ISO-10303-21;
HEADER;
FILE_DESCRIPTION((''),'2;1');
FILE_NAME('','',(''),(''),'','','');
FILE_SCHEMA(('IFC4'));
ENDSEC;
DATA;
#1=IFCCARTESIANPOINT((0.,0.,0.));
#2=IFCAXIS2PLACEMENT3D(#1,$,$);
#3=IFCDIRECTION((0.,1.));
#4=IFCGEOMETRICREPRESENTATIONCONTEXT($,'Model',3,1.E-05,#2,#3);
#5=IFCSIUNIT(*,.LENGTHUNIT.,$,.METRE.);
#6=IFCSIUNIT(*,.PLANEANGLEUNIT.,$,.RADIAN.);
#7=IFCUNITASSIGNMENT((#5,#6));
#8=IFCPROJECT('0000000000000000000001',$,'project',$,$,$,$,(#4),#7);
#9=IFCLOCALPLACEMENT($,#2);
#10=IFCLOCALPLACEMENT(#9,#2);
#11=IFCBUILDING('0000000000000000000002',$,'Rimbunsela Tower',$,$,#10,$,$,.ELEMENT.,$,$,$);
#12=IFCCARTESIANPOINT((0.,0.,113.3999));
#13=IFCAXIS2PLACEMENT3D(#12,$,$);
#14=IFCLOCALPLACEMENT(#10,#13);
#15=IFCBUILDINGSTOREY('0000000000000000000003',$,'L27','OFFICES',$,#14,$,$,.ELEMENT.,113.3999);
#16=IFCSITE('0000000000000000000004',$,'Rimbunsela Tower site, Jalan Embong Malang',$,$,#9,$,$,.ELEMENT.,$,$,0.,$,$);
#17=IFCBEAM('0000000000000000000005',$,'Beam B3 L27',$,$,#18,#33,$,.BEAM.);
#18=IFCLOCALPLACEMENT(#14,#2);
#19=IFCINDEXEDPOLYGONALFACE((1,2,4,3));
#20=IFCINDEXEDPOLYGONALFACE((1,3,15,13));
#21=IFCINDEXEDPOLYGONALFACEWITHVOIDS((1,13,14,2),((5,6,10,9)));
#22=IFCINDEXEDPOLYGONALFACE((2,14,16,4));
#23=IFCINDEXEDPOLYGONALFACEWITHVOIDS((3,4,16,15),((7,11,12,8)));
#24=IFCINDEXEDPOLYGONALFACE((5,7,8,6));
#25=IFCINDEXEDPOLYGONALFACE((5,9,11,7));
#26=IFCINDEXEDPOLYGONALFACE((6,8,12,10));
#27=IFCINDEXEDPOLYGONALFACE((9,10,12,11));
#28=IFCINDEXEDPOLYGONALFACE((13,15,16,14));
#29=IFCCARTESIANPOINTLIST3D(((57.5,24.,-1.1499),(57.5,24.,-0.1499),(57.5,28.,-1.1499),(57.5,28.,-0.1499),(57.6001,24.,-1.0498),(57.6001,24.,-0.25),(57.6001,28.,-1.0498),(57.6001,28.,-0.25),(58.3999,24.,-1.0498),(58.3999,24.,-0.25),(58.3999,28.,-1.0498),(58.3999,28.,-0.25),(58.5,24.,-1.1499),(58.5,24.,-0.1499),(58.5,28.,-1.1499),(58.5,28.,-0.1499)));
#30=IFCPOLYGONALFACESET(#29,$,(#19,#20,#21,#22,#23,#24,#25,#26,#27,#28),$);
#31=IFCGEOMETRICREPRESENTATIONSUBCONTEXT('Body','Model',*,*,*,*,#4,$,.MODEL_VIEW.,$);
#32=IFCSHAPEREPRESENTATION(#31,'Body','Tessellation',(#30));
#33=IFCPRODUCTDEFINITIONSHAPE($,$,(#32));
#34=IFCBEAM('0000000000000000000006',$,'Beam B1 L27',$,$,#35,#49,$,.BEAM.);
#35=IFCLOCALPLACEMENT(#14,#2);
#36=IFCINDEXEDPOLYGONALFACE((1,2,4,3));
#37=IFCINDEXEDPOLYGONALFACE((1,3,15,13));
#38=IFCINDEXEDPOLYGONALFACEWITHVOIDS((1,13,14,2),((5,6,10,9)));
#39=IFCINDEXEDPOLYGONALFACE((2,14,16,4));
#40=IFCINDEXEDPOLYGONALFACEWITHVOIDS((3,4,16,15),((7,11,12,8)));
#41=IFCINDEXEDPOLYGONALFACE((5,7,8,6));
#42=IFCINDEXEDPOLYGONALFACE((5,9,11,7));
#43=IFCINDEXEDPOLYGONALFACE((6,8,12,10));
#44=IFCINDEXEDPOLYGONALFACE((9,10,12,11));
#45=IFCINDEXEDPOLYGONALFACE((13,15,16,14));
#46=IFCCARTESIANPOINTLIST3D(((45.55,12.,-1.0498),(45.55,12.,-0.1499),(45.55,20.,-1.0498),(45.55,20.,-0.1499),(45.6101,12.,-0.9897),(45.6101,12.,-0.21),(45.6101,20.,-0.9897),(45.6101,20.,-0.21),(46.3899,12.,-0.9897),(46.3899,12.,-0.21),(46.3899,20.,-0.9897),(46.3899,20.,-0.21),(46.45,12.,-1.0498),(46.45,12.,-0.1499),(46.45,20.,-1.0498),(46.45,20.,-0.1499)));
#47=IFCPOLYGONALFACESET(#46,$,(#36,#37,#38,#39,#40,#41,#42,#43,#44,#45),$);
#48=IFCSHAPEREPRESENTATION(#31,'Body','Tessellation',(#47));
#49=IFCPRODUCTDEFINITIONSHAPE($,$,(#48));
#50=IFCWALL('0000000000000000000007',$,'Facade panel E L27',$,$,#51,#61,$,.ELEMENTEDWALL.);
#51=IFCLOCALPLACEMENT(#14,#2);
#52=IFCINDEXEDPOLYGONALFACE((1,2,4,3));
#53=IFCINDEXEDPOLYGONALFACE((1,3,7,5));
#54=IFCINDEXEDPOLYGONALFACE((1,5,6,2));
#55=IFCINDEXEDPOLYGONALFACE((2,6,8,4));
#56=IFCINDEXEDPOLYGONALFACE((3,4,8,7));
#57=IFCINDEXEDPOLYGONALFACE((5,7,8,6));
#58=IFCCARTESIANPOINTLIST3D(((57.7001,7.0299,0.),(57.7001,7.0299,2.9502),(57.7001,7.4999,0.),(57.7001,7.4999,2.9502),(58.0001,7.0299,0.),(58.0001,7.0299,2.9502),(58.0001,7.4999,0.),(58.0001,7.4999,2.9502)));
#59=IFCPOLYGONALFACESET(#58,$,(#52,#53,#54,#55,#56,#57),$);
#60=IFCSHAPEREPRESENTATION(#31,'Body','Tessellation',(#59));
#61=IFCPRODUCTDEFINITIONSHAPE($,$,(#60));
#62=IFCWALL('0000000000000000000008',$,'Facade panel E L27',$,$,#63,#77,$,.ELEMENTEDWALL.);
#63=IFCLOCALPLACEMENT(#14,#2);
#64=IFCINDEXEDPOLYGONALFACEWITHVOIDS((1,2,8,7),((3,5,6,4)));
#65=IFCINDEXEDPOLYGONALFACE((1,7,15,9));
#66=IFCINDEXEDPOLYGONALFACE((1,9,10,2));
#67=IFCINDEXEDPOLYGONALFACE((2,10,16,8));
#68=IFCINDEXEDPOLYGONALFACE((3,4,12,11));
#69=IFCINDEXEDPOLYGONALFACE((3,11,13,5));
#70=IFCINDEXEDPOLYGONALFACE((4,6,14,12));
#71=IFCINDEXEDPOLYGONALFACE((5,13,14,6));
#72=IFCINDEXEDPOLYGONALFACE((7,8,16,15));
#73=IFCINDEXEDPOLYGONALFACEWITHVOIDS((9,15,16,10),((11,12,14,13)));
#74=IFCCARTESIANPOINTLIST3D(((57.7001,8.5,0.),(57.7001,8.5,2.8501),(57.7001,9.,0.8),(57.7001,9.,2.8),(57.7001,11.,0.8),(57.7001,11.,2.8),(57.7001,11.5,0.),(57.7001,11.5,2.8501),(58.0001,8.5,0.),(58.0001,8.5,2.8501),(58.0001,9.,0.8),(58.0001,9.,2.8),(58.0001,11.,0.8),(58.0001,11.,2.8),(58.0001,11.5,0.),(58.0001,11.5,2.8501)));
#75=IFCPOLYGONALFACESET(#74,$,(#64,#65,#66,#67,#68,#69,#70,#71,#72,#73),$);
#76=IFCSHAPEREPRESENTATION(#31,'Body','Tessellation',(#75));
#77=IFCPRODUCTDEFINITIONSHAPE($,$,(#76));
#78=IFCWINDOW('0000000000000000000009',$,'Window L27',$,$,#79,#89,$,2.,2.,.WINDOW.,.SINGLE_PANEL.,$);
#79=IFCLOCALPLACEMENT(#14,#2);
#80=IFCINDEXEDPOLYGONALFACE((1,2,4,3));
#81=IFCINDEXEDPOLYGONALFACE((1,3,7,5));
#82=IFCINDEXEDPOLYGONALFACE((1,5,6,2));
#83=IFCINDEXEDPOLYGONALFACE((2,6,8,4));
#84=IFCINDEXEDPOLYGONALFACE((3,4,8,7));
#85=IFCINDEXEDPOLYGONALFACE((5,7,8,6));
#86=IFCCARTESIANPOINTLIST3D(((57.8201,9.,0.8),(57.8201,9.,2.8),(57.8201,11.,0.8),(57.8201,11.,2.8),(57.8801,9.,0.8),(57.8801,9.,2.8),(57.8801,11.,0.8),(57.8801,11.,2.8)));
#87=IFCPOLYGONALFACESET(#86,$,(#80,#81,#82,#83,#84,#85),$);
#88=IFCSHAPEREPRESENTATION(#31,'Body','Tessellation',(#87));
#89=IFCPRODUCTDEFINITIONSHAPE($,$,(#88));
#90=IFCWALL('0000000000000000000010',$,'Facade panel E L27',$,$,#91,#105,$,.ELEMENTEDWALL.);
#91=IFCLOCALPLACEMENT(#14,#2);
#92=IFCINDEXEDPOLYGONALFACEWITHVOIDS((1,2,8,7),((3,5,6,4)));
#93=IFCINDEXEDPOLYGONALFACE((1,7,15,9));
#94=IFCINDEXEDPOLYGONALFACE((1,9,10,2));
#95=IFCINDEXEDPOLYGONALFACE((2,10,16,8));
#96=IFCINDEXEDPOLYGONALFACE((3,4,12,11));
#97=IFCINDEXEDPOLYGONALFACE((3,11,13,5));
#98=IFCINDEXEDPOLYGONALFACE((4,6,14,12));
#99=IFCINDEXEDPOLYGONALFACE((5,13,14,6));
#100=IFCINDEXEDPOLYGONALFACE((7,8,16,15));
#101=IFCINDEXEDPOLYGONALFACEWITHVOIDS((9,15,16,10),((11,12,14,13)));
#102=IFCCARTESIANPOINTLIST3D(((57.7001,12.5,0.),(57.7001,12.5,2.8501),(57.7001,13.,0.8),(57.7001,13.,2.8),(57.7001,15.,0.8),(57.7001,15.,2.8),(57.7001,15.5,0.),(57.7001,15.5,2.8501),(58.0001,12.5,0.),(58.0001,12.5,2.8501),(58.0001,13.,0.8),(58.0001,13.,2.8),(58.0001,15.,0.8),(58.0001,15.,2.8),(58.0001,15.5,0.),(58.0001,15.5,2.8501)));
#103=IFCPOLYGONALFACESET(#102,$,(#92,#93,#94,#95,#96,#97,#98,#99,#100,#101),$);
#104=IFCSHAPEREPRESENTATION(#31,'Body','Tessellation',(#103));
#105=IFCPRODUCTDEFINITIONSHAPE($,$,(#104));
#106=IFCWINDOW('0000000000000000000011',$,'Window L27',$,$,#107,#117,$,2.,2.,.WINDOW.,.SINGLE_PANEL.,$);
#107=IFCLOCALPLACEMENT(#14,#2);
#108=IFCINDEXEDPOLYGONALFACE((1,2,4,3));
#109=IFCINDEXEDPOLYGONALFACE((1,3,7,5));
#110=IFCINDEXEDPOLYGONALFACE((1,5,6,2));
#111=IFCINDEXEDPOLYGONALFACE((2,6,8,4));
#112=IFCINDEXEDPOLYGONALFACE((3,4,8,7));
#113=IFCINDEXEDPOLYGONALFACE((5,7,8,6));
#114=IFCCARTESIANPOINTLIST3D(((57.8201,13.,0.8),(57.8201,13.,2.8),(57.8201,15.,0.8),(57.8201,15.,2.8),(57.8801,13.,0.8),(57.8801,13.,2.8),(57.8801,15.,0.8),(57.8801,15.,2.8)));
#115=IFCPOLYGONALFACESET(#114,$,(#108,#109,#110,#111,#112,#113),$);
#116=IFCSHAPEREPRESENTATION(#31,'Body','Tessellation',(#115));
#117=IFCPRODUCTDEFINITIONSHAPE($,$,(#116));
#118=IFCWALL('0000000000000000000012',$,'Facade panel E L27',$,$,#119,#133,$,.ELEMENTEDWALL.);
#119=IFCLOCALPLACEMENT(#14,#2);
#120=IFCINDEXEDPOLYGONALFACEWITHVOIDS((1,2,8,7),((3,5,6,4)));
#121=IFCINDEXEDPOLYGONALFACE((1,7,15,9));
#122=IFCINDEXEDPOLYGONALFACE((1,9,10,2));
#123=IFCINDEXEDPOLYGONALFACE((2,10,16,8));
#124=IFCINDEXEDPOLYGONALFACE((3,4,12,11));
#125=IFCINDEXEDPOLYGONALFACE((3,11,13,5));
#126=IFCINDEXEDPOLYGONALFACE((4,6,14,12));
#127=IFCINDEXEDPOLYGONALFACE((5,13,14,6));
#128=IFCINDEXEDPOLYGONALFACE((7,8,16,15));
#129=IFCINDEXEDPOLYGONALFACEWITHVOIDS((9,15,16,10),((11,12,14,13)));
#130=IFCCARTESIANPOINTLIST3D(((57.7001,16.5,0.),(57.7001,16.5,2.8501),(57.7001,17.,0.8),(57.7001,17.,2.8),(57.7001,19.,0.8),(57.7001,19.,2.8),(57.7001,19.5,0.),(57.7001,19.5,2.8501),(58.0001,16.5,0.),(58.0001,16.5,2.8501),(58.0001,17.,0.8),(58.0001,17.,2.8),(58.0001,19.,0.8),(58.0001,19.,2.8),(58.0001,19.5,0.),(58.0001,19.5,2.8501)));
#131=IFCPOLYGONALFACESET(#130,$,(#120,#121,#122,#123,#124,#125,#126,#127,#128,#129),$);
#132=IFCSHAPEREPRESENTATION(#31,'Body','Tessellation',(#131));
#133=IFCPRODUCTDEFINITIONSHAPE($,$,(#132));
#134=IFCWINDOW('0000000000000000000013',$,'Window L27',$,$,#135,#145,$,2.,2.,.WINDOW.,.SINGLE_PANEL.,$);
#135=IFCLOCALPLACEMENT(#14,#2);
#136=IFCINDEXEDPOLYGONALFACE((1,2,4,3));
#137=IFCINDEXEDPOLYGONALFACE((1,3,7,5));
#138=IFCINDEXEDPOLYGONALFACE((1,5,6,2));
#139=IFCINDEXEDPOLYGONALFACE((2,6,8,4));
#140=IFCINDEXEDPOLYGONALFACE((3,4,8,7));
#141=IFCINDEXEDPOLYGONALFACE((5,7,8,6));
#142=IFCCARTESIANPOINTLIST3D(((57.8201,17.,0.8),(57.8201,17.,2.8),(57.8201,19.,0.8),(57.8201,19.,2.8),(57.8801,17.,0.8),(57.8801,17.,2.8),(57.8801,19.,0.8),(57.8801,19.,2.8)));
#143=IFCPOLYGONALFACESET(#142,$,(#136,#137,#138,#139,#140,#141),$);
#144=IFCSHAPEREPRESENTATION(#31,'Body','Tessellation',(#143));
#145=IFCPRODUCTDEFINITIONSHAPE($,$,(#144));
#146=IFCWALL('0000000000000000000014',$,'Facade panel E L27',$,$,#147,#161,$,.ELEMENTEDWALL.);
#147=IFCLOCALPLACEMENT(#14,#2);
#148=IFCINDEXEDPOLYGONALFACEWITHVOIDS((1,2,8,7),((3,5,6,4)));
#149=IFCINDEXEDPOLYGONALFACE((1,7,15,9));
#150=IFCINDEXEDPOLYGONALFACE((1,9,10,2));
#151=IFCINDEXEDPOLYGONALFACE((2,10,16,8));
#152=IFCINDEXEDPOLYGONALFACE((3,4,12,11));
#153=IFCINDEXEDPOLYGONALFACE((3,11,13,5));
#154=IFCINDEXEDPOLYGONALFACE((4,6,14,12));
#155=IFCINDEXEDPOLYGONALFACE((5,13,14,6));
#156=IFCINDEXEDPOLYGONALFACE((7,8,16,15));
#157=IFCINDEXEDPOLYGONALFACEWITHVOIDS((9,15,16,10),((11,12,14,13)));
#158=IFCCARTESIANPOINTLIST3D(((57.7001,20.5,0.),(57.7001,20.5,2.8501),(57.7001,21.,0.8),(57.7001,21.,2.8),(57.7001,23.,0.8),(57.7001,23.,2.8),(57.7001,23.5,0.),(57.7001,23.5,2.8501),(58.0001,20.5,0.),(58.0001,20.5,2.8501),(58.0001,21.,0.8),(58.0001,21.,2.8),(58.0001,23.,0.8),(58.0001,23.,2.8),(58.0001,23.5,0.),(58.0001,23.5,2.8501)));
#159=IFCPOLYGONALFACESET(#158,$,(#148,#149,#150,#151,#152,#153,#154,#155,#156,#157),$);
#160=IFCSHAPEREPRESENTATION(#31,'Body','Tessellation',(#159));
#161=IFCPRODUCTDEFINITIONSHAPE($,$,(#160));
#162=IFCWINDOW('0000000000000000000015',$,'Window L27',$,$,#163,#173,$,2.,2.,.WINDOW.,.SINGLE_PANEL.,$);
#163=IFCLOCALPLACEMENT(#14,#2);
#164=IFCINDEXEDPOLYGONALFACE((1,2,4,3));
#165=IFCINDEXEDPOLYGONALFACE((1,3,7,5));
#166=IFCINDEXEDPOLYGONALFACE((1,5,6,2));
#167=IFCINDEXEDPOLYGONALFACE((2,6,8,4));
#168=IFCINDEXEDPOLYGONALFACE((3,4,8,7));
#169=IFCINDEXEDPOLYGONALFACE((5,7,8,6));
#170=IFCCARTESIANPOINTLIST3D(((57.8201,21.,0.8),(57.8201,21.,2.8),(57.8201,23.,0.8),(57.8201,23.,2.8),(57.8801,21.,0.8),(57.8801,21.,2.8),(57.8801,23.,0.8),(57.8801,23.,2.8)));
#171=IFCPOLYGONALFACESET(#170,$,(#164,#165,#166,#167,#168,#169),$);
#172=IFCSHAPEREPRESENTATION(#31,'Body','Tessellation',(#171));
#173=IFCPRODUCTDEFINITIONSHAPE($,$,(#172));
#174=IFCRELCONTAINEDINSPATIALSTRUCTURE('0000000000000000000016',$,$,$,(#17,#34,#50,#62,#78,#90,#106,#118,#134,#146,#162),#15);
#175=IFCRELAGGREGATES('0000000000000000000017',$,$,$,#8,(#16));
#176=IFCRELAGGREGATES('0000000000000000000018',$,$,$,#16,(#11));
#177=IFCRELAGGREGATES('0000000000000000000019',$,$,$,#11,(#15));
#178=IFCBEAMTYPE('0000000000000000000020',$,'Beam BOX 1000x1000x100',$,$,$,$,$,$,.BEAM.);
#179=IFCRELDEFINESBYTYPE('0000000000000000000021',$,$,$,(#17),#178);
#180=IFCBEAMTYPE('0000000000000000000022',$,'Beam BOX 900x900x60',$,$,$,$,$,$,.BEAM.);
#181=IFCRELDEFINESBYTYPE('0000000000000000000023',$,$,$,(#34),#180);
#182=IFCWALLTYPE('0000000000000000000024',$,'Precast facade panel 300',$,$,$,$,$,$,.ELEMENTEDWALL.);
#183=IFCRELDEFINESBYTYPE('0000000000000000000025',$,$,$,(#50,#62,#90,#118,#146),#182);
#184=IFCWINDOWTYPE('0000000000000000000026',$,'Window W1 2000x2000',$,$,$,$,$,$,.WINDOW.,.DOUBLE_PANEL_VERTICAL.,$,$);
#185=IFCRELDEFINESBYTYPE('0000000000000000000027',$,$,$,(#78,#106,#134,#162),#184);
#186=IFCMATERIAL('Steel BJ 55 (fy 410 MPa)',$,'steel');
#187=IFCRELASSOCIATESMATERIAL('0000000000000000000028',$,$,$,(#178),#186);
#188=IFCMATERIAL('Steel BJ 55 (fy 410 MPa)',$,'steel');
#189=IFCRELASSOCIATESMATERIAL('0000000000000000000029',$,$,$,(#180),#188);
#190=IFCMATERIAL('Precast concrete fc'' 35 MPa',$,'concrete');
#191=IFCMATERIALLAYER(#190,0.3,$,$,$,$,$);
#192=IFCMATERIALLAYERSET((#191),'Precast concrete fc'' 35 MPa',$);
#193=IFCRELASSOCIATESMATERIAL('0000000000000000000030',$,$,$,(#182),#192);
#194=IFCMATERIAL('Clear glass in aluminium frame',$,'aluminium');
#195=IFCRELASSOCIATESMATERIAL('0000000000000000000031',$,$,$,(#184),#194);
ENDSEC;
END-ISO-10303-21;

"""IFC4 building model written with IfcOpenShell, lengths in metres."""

from ifc_helpers import new_model, si_unit, direction, frame, frame_2d, origin, origin_2d, place, context, subcontext, project, spatial, rectangle, hollow_rectangle, extrude, material, layer, layer_set, material_profile, profile_set, type_object, element, fill, save


model = new_model("IFC4")

# Units and contexts
model_context = context("Model", 3, precision=1e-05, world=origin(), true_north=direction((0.0, 1.0)))
body_context = subcontext(model_context, "Body", "Model", "MODEL_VIEW")
ifc_project = project(units=[si_unit("LENGTHUNIT", "METRE"), si_unit("PLANEANGLEUNIT", "RADIAN")], contexts=[model_context])

# Site, building, storey
site_placement = place(None, origin())
site = spatial("IfcSite", under=ifc_project, at=site_placement, Name="Rimbunsela Tower site, Jalan Embong Malang", CompositionType="ELEMENT", RefElevation=0.0)
building_placement = place(site_placement, origin())
building = spatial("IfcBuilding", under=site, at=building_placement, Name="Rimbunsela Tower", CompositionType="ELEMENT")
storey_placement = place(building_placement, frame((0.0, 0.0, 113.3999)))
storey = spatial("IfcBuildingStorey", under=building, at=storey_placement, Name="L27", Description="OFFICES", CompositionType="ELEMENT", Elevation=113.3999)

# Beams
ifc_material_1 = material(Name="Steel BJ 55 (fy 410 MPa)", Category="steel")
ifc_material_profile_1 = material_profile(ifc_material_1, hollow_rectangle(XDim=1.0, YDim=1.0, WallThickness=0.1001, at=origin_2d()), Name="BOX 1000x1000x100")
ifc_profile_set_1 = profile_set([ifc_material_profile_1], Name="Steel BJ 55 (fy 410 MPa)")
beam_type_1 = type_object("IfcBeamType", Name="Beam BOX 1000x1000x100", PredefinedType="BEAM", material=ifc_profile_set_1)
for number, where, z_axis, x_axis, name in (
    (1, (58.0, 24.0, -0.6499), (0.0, 1.0, 0.0), (-1.0, 0.0, 0.0), "Beam B3 L27"),
):
    element("IfcBeam", number, at=place(storey_placement, frame(where, z_axis=z_axis, x_axis=x_axis)), inside=storey, type_object=beam_type_1, Name=name, PredefinedType="BEAM", context=body_context, shape_type="SweptSolid", body=[
        extrude(hollow_rectangle(XDim=1.0, YDim=1.0, WallThickness=0.1001, at=origin_2d()), origin(), (0.0, 0.0, 1.0), 4.0),
    ])
ifc_material_2 = material(Name="Steel BJ 55 (fy 410 MPa)", Category="steel")
ifc_material_profile_2 = material_profile(ifc_material_2, hollow_rectangle(XDim=0.8999, YDim=0.8999, WallThickness=0.0601, at=origin_2d()), Name="BOX 900x900x60")
ifc_profile_set_2 = profile_set([ifc_material_profile_2], Name="Steel BJ 55 (fy 410 MPa)")
beam_type_2 = type_object("IfcBeamType", Name="Beam BOX 900x900x60", PredefinedType="BEAM", material=ifc_profile_set_2)
beam_1_placement = place(storey_placement, frame((46.0, 12.0, -0.5999), z_axis=(0.0, 1.0, 0.0), x_axis=(-1.0, 0.0, 0.0)))
element("IfcBeam", 2, at=beam_1_placement, inside=storey, type_object=beam_type_2, Name="Beam B1 L27", PredefinedType="BEAM", context=body_context, shape_type="SweptSolid", body=[
    extrude(hollow_rectangle(XDim=0.8999, YDim=0.8999, WallThickness=0.0601, at=origin_2d()), origin(), (0.0, 0.0, 1.0), 8.0),
])

# Wall
ifc_material_3 = material(Name="Precast concrete fc' 35 MPa", Category="concrete")
ifc_layer_1 = layer(ifc_material_3, 0.3)
ifc_layer_set_1 = layer_set([ifc_layer_1], Name="Precast concrete fc' 35 MPa")
wall_type = type_object("IfcWallType", Name="Precast facade panel 300", PredefinedType="ELEMENTEDWALL", material=ifc_layer_set_1)
wall_1_placement = place(storey_placement, frame((57.8501, 7.03, 0.0), z_axis=(0.0, 0.0, 1.0), x_axis=(0.0, 1.0, 0.0)))
element("IfcWall", 3, at=wall_1_placement, inside=storey, type_object=wall_type, Name="Facade panel E L27", PredefinedType="ELEMENTEDWALL", context=body_context, shape_type="SweptSolid", body=[
    extrude(rectangle(XDim=0.47, YDim=0.3, at=frame_2d((0.2349, 0.0))), origin(), (0.0, 0.0, 1.0), 2.9502),
])

# Walls, openings, windows
wall_2_placement = place(storey_placement, frame((57.8501, 8.5, 0.0), z_axis=(0.0, 0.0, 1.0), x_axis=(0.0, 1.0, 0.0)))
wall_2 = element("IfcWall", 4, at=wall_2_placement, inside=storey, type_object=wall_type, Name="Facade panel E L27", PredefinedType="ELEMENTEDWALL", context=body_context, shape_type="SweptSolid", body=[
    extrude(rectangle(XDim=3.0, YDim=0.3, at=frame_2d((1.5, 0.0))), origin(), (0.0, 0.0, 1.0), 2.8501),
])
opening_1_placement = place(wall_2_placement, frame((0.5, 0.0, 0.8)))
opening_1 = element("IfcOpeningElement", 5, at=opening_1_placement, cuts=wall_2, PredefinedType="OPENING", context=body_context, shape_type="SweptSolid", body=[
    extrude(rectangle(XDim=2.0, YDim=2.0, at=frame_2d((1.0, 1.0))), frame((0.0, 0.1599, 0.0), z_axis=(0.0, -1.0, 0.0), x_axis=(1.0, 0.0, 0.0)), (0.0, 0.0, 1.0), 0.3201),
])
ifc_material_4 = material(Name="Clear glass in aluminium frame", Category="aluminium")
window_type = type_object("IfcWindowType", Name="Window W1 2000x2000", PartitioningType="DOUBLE_PANEL_VERTICAL", PredefinedType="WINDOW", material=ifc_material_4)
window_1_placement = place(opening_1_placement, origin())
window_1 = element("IfcWindow", 6, at=window_1_placement, inside=storey, type_object=window_type, Name="Window L27", OverallHeight=2.0, OverallWidth=2.0, PartitioningType="SINGLE_PANEL", PredefinedType="WINDOW", context=body_context, shape_type="SweptSolid", body=[
    extrude(rectangle(XDim=2.0, YDim=2.0, at=frame_2d((1.0, 1.0))), frame((0.0, 0.03, 0.0), z_axis=(0.0, -1.0, 0.0), x_axis=(1.0, 0.0, 0.0)), (0.0, 0.0, 1.0), 0.0601),
])
fill(opening_1, window_1)
wall_3_placement = place(storey_placement, frame((57.8501, 12.5, 0.0), z_axis=(0.0, 0.0, 1.0), x_axis=(0.0, 1.0, 0.0)))
wall_3 = element("IfcWall", 7, at=wall_3_placement, inside=storey, type_object=wall_type, Name="Facade panel E L27", PredefinedType="ELEMENTEDWALL", context=body_context, shape_type="SweptSolid", body=[
    extrude(rectangle(XDim=3.0, YDim=0.3, at=frame_2d((1.5, 0.0))), origin(), (0.0, 0.0, 1.0), 2.8501),
])
opening_2_placement = place(wall_3_placement, frame((0.5, 0.0, 0.8)))
opening_2 = element("IfcOpeningElement", 8, at=opening_2_placement, cuts=wall_3, PredefinedType="OPENING", context=body_context, shape_type="SweptSolid", body=[
    extrude(rectangle(XDim=2.0, YDim=2.0, at=frame_2d((1.0, 1.0))), frame((0.0, 0.1599, 0.0), z_axis=(0.0, -1.0, 0.0), x_axis=(1.0, 0.0, 0.0)), (0.0, 0.0, 1.0), 0.3201),
])
window_2_placement = place(opening_2_placement, origin())
window_2 = element("IfcWindow", 9, at=window_2_placement, inside=storey, type_object=window_type, Name="Window L27", OverallHeight=2.0, OverallWidth=2.0, PartitioningType="SINGLE_PANEL", PredefinedType="WINDOW", context=body_context, shape_type="SweptSolid", body=[
    extrude(rectangle(XDim=2.0, YDim=2.0, at=frame_2d((1.0, 1.0))), frame((0.0, 0.03, 0.0), z_axis=(0.0, -1.0, 0.0), x_axis=(1.0, 0.0, 0.0)), (0.0, 0.0, 1.0), 0.0601),
])
fill(opening_2, window_2)
wall_4_placement = place(storey_placement, frame((57.8501, 16.5, 0.0), z_axis=(0.0, 0.0, 1.0), x_axis=(0.0, 1.0, 0.0)))
wall_4 = element("IfcWall", 10, at=wall_4_placement, inside=storey, type_object=wall_type, Name="Facade panel E L27", PredefinedType="ELEMENTEDWALL", context=body_context, shape_type="SweptSolid", body=[
    extrude(rectangle(XDim=3.0, YDim=0.3, at=frame_2d((1.5, 0.0))), origin(), (0.0, 0.0, 1.0), 2.8501),
])
opening_3_placement = place(wall_4_placement, frame((0.5, 0.0, 0.8)))
opening_3 = element("IfcOpeningElement", 11, at=opening_3_placement, cuts=wall_4, PredefinedType="OPENING", context=body_context, shape_type="SweptSolid", body=[
    extrude(rectangle(XDim=2.0, YDim=2.0, at=frame_2d((1.0, 1.0))), frame((0.0, 0.1599, 0.0), z_axis=(0.0, -1.0, 0.0), x_axis=(1.0, 0.0, 0.0)), (0.0, 0.0, 1.0), 0.3201),
])
window_3_placement = place(opening_3_placement, origin())
window_3 = element("IfcWindow", 12, at=window_3_placement, inside=storey, type_object=window_type, Name="Window L27", OverallHeight=2.0, OverallWidth=2.0, PartitioningType="SINGLE_PANEL", PredefinedType="WINDOW", context=body_context, shape_type="SweptSolid", body=[
    extrude(rectangle(XDim=2.0, YDim=2.0, at=frame_2d((1.0, 1.0))), frame((0.0, 0.03, 0.0), z_axis=(0.0, -1.0, 0.0), x_axis=(1.0, 0.0, 0.0)), (0.0, 0.0, 1.0), 0.0601),
])
fill(opening_3, window_3)
wall_5_placement = place(storey_placement, frame((57.8501, 20.5, 0.0), z_axis=(0.0, 0.0, 1.0), x_axis=(0.0, 1.0, 0.0)))
wall_5 = element("IfcWall", 13, at=wall_5_placement, inside=storey, type_object=wall_type, Name="Facade panel E L27", PredefinedType="ELEMENTEDWALL", context=body_context, shape_type="SweptSolid", body=[
    extrude(rectangle(XDim=3.0, YDim=0.3, at=frame_2d((1.5, 0.0))), origin(), (0.0, 0.0, 1.0), 2.8501),
])
opening_4_placement = place(wall_5_placement, frame((0.5, 0.0, 0.8)))
opening_4 = element("IfcOpeningElement", 14, at=opening_4_placement, cuts=wall_5, PredefinedType="OPENING", context=body_context, shape_type="SweptSolid", body=[
    extrude(rectangle(XDim=2.0, YDim=2.0, at=frame_2d((1.0, 1.0))), frame((0.0, 0.1599, 0.0), z_axis=(0.0, -1.0, 0.0), x_axis=(1.0, 0.0, 0.0)), (0.0, 0.0, 1.0), 0.3201),
])
window_4_placement = place(opening_4_placement, origin())
window_4 = element("IfcWindow", 15, at=window_4_placement, inside=storey, type_object=window_type, Name="Window L27", OverallHeight=2.0, OverallWidth=2.0, PartitioningType="SINGLE_PANEL", PredefinedType="WINDOW", context=body_context, shape_type="SweptSolid", body=[
    extrude(rectangle(XDim=2.0, YDim=2.0, at=frame_2d((1.0, 1.0))), frame((0.0, 0.03, 0.0), z_axis=(0.0, -1.0, 0.0), x_axis=(1.0, 0.0, 0.0)), (0.0, 0.0, 1.0), 0.0601),
])
fill(opening_4, window_4)

save(model, "model.ifc")
